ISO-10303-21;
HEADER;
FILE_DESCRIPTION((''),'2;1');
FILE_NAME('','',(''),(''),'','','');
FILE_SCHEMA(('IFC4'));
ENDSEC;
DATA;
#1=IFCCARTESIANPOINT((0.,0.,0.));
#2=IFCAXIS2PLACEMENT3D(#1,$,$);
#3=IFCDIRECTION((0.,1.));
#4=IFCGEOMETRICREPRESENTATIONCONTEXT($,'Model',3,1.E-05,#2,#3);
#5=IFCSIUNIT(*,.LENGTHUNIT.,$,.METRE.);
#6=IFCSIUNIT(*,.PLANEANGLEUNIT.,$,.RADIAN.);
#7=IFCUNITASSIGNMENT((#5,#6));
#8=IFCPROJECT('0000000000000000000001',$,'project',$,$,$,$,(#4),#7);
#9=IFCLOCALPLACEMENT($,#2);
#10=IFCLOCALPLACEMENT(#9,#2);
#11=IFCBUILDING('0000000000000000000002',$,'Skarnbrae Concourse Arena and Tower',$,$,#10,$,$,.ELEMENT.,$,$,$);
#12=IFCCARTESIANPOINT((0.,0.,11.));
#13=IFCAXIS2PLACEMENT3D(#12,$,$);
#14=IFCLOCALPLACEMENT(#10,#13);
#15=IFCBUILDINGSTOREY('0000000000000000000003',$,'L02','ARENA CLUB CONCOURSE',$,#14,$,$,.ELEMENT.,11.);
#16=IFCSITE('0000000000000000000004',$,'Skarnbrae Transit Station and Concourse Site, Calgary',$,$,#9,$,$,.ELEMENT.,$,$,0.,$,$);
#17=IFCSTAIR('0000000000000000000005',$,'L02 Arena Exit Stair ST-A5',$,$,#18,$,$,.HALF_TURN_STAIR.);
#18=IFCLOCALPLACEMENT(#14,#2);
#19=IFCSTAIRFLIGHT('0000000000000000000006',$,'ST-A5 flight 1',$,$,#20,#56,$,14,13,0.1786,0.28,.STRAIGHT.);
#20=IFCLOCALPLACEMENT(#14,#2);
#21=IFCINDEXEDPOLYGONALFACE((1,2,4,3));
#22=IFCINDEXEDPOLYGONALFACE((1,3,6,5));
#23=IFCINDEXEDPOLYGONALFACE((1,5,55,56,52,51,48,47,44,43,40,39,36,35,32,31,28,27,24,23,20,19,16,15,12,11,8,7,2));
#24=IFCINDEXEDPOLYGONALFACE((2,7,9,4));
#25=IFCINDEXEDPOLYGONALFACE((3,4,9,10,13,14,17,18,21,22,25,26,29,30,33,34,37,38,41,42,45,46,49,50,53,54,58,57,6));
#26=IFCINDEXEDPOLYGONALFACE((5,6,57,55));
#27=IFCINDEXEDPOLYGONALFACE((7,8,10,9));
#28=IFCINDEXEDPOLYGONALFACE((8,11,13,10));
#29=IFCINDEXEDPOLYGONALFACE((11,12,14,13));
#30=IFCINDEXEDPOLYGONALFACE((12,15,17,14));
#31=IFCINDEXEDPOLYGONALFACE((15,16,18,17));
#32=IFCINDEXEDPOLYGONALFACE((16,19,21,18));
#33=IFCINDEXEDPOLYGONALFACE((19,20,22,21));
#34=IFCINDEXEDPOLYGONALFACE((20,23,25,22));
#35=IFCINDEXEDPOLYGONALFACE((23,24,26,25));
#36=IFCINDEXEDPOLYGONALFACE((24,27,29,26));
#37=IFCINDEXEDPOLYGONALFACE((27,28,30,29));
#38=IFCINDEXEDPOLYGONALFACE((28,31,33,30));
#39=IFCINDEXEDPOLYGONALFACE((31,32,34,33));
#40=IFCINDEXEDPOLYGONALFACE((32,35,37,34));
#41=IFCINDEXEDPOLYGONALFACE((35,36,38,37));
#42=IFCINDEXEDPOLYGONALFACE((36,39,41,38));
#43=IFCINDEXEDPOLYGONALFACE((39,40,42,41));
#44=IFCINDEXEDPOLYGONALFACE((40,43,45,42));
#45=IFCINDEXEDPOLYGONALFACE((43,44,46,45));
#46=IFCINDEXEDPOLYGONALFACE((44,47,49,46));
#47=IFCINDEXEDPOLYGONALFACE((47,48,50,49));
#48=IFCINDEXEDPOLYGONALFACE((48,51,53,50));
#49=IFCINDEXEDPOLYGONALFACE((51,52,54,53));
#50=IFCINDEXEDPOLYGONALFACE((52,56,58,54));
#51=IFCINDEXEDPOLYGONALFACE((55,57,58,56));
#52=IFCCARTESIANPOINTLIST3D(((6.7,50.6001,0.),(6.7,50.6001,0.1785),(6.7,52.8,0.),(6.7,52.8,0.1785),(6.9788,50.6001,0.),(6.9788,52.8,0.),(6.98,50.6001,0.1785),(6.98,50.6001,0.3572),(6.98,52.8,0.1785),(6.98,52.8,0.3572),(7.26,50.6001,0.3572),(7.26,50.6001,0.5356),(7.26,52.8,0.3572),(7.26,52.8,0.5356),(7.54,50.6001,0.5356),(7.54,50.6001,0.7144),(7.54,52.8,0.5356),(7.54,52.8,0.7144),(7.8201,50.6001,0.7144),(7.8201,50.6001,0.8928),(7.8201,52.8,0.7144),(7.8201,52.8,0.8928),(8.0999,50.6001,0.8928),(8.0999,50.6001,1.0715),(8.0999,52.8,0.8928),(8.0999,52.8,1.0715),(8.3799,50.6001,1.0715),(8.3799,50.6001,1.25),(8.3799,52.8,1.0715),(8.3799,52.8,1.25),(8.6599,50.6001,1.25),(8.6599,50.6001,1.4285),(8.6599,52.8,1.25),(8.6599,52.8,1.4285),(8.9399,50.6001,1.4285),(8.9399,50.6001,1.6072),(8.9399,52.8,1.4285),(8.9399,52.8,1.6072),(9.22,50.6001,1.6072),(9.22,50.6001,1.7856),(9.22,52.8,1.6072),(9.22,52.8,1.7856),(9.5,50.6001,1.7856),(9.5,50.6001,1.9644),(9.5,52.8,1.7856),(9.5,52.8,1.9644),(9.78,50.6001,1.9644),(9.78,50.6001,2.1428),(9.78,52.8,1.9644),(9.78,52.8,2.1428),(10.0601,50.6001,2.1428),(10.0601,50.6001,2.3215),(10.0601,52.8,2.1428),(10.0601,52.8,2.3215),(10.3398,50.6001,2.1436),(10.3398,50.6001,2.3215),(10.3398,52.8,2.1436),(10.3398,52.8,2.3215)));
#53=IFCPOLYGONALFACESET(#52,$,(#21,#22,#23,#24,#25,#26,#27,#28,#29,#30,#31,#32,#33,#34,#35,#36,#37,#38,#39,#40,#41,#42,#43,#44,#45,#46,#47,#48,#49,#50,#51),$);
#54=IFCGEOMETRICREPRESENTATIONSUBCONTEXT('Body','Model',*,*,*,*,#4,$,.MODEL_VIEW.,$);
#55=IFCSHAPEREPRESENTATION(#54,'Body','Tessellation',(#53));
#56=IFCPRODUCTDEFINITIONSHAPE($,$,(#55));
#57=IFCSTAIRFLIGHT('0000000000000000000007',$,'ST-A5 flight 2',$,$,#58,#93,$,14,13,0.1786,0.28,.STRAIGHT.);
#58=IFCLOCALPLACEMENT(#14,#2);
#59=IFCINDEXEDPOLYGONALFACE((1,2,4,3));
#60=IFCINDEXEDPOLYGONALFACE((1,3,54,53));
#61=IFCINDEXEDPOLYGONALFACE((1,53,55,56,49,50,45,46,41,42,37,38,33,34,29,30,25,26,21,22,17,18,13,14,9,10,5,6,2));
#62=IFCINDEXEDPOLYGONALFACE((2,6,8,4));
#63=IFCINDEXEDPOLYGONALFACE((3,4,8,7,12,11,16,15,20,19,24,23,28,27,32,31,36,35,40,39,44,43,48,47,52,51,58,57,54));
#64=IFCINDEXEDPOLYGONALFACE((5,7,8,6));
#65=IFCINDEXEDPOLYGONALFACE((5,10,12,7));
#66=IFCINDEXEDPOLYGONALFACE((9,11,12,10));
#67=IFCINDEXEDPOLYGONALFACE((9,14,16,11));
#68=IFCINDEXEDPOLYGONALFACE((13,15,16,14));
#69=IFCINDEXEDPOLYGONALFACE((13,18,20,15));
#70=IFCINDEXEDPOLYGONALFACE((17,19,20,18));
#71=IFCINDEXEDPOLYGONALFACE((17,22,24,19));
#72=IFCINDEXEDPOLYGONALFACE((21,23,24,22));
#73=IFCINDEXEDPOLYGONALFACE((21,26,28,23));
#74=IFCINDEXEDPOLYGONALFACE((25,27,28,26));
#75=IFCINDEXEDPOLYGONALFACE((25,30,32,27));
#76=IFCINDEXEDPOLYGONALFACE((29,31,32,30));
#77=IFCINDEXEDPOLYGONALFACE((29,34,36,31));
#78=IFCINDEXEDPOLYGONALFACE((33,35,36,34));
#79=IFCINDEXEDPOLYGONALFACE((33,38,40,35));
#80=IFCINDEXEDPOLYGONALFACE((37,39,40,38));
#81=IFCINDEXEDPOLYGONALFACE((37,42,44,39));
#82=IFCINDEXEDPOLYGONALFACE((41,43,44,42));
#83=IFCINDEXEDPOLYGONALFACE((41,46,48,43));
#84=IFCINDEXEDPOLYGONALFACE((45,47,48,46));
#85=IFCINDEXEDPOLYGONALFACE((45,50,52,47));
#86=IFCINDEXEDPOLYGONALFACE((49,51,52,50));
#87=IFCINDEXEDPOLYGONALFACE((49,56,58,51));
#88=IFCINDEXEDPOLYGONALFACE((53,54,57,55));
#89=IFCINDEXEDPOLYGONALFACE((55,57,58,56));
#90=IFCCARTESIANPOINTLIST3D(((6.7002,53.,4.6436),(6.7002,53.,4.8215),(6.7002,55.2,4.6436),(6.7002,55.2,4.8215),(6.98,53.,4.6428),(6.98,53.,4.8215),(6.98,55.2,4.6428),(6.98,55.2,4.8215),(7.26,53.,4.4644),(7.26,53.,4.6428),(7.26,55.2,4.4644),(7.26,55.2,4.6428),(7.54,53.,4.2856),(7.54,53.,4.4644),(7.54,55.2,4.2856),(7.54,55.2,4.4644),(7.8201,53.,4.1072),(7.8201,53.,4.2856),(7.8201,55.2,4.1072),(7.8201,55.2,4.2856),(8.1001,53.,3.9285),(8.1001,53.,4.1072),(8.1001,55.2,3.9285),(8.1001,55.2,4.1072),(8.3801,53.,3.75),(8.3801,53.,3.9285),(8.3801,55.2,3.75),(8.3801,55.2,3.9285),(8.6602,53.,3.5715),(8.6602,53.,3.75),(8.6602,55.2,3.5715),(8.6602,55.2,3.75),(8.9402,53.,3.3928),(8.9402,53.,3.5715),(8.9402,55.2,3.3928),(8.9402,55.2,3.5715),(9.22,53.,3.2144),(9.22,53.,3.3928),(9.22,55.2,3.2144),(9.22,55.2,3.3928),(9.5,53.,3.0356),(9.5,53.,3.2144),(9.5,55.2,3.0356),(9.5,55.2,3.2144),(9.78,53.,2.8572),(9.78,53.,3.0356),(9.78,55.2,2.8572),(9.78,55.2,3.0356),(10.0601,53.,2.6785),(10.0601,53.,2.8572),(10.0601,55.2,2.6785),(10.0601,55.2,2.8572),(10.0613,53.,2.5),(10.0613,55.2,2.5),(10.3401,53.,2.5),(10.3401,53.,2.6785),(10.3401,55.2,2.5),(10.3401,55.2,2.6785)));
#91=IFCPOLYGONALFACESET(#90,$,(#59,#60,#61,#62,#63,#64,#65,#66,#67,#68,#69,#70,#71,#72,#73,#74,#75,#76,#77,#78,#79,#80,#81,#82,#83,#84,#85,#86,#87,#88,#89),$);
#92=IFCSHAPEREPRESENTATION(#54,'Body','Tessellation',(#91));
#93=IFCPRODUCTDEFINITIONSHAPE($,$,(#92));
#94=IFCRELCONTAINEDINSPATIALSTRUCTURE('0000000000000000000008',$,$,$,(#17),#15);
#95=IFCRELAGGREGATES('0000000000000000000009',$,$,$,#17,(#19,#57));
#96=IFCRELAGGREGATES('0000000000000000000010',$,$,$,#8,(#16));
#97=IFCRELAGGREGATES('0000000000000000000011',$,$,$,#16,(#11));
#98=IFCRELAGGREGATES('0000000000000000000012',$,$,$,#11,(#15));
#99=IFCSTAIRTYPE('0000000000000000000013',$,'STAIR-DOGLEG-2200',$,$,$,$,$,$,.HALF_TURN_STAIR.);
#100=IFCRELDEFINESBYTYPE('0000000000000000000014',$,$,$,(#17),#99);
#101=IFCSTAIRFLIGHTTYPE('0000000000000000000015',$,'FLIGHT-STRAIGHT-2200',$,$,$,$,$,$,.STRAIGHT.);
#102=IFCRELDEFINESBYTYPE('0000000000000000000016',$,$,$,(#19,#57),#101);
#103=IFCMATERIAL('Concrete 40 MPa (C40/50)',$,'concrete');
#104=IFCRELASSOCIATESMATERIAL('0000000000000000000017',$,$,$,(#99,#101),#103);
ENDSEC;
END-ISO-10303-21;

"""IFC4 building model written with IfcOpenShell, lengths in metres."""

from ifc_helpers import new_model, si_unit, direction, frame, origin, place, context, subcontext, project, spatial, polyline, outline, extrude, source, transform, mapped, material, type_object, element, aggregate, save


model = new_model("IFC4")

# Units and contexts
model_context = context("Model", 3, precision=1e-05, world=origin(), true_north=direction((0.0, 1.0)))
body_context = subcontext(model_context, "Body", "Model", "MODEL_VIEW")
ifc_project = project(units=[si_unit("LENGTHUNIT", "METRE"), si_unit("PLANEANGLEUNIT", "RADIAN")], contexts=[model_context])

# Site, building, storey
site_placement = place(None, origin())
site = spatial("IfcSite", under=ifc_project, at=site_placement, Name="Skarnbrae Transit Station and Concourse Site, Calgary", CompositionType="ELEMENT", RefElevation=0.0)
building_placement = place(site_placement, origin())
building = spatial("IfcBuilding", under=site, at=building_placement, Name="Skarnbrae Concourse Arena and Tower", CompositionType="ELEMENT")
storey_placement = place(building_placement, frame((0.0, 0.0, 11.0)))
storey = spatial("IfcBuildingStorey", under=building, at=storey_placement, Name="L02", Description="ARENA CLUB CONCOURSE", CompositionType="ELEMENT", Elevation=11.0)

# Stair, stair flights
ifc_material_1 = material(Name="Concrete 40 MPa (C40/50)", Category="concrete")
stair_type = type_object("IfcStairType", Name="STAIR-DOGLEG-2200", PredefinedType="HALF_TURN_STAIR", material=ifc_material_1)
stair_placement = place(storey_placement, origin())
stair = element("IfcStair", 1, at=stair_placement, inside=storey, type_object=stair_type, Name="L02 Arena Exit Stair ST-A5", PredefinedType="HALF_TURN_STAIR")
stair_flight_type = type_object("IfcStairFlightType", Name="FLIGHT-STRAIGHT-2200", PredefinedType="STRAIGHT", material=ifc_material_1)
shared_shape_1 = source(origin(), body_context, "Body", "SweptSolid", [
    extrude(outline(polyline([(0.0, 0.0), (0.0, 0.1785), (0.28, 0.1785), (0.28, 0.3572), (0.5601, 0.3572), (0.5601, 0.5356), (0.8401, 0.5356), (0.8401, 0.7144), (1.1201, 0.7144), (1.1201, 0.8928), (1.3999, 0.8928), (1.3999, 1.0715), (1.6799, 1.0715), (1.6799, 1.25), (1.96, 1.25), (1.96, 1.4285), (2.24, 1.4285), (2.24, 1.6072), (2.52, 1.6072), (2.52, 1.7856), (2.8, 1.7856), (2.8, 1.9644), (3.0801, 1.9644), (3.0801, 2.1428), (3.3601, 2.1428), (3.3601, 2.3215), (3.6399, 2.3215), (3.6399, 2.5), (3.6399, 2.1436), (0.2788, 0.0), (0.0, 0.0)])), frame((0.0, 1.1001, 0.0), z_axis=(0.0, -1.0, 0.0), x_axis=(1.0, 0.0, 0.0)), (0.0, 0.0, 1.0), 2.2),
])
stair_flight_1_placement = place(storey_placement, frame((6.7, 51.7, 0.0), z_axis=(0.0, 0.0, 1.0), x_axis=(1.0, 0.0, 0.0)))
stair_flight_1 = element("IfcStairFlight", 2, at=stair_flight_1_placement, type_object=stair_flight_type, Name="ST-A5 flight 1", NumberOfRisers=14, NumberOfTreads=13, PredefinedType="STRAIGHT", RiserHeight=0.1786, TreadLength=0.28, context=body_context, shape_type="MappedRepresentation", body=[
    mapped(shared_shape_1, transform((0.0, 0.0, 0.0))),
])
stair_flight_2_placement = place(storey_placement, frame((10.3401, 54.1001, 2.5), z_axis=(0.0, 0.0, 1.0), x_axis=(-1.0, 0.0, 0.0)))
stair_flight_2 = element("IfcStairFlight", 3, at=stair_flight_2_placement, type_object=stair_flight_type, Name="ST-A5 flight 2", NumberOfRisers=14, NumberOfTreads=13, PredefinedType="STRAIGHT", RiserHeight=0.1786, TreadLength=0.28, context=body_context, shape_type="MappedRepresentation", body=[
    mapped(shared_shape_1, transform((0.0, 0.0, 0.0))),
])
aggregate(stair, [stair_flight_1, stair_flight_2])

save(model, "model.ifc")
